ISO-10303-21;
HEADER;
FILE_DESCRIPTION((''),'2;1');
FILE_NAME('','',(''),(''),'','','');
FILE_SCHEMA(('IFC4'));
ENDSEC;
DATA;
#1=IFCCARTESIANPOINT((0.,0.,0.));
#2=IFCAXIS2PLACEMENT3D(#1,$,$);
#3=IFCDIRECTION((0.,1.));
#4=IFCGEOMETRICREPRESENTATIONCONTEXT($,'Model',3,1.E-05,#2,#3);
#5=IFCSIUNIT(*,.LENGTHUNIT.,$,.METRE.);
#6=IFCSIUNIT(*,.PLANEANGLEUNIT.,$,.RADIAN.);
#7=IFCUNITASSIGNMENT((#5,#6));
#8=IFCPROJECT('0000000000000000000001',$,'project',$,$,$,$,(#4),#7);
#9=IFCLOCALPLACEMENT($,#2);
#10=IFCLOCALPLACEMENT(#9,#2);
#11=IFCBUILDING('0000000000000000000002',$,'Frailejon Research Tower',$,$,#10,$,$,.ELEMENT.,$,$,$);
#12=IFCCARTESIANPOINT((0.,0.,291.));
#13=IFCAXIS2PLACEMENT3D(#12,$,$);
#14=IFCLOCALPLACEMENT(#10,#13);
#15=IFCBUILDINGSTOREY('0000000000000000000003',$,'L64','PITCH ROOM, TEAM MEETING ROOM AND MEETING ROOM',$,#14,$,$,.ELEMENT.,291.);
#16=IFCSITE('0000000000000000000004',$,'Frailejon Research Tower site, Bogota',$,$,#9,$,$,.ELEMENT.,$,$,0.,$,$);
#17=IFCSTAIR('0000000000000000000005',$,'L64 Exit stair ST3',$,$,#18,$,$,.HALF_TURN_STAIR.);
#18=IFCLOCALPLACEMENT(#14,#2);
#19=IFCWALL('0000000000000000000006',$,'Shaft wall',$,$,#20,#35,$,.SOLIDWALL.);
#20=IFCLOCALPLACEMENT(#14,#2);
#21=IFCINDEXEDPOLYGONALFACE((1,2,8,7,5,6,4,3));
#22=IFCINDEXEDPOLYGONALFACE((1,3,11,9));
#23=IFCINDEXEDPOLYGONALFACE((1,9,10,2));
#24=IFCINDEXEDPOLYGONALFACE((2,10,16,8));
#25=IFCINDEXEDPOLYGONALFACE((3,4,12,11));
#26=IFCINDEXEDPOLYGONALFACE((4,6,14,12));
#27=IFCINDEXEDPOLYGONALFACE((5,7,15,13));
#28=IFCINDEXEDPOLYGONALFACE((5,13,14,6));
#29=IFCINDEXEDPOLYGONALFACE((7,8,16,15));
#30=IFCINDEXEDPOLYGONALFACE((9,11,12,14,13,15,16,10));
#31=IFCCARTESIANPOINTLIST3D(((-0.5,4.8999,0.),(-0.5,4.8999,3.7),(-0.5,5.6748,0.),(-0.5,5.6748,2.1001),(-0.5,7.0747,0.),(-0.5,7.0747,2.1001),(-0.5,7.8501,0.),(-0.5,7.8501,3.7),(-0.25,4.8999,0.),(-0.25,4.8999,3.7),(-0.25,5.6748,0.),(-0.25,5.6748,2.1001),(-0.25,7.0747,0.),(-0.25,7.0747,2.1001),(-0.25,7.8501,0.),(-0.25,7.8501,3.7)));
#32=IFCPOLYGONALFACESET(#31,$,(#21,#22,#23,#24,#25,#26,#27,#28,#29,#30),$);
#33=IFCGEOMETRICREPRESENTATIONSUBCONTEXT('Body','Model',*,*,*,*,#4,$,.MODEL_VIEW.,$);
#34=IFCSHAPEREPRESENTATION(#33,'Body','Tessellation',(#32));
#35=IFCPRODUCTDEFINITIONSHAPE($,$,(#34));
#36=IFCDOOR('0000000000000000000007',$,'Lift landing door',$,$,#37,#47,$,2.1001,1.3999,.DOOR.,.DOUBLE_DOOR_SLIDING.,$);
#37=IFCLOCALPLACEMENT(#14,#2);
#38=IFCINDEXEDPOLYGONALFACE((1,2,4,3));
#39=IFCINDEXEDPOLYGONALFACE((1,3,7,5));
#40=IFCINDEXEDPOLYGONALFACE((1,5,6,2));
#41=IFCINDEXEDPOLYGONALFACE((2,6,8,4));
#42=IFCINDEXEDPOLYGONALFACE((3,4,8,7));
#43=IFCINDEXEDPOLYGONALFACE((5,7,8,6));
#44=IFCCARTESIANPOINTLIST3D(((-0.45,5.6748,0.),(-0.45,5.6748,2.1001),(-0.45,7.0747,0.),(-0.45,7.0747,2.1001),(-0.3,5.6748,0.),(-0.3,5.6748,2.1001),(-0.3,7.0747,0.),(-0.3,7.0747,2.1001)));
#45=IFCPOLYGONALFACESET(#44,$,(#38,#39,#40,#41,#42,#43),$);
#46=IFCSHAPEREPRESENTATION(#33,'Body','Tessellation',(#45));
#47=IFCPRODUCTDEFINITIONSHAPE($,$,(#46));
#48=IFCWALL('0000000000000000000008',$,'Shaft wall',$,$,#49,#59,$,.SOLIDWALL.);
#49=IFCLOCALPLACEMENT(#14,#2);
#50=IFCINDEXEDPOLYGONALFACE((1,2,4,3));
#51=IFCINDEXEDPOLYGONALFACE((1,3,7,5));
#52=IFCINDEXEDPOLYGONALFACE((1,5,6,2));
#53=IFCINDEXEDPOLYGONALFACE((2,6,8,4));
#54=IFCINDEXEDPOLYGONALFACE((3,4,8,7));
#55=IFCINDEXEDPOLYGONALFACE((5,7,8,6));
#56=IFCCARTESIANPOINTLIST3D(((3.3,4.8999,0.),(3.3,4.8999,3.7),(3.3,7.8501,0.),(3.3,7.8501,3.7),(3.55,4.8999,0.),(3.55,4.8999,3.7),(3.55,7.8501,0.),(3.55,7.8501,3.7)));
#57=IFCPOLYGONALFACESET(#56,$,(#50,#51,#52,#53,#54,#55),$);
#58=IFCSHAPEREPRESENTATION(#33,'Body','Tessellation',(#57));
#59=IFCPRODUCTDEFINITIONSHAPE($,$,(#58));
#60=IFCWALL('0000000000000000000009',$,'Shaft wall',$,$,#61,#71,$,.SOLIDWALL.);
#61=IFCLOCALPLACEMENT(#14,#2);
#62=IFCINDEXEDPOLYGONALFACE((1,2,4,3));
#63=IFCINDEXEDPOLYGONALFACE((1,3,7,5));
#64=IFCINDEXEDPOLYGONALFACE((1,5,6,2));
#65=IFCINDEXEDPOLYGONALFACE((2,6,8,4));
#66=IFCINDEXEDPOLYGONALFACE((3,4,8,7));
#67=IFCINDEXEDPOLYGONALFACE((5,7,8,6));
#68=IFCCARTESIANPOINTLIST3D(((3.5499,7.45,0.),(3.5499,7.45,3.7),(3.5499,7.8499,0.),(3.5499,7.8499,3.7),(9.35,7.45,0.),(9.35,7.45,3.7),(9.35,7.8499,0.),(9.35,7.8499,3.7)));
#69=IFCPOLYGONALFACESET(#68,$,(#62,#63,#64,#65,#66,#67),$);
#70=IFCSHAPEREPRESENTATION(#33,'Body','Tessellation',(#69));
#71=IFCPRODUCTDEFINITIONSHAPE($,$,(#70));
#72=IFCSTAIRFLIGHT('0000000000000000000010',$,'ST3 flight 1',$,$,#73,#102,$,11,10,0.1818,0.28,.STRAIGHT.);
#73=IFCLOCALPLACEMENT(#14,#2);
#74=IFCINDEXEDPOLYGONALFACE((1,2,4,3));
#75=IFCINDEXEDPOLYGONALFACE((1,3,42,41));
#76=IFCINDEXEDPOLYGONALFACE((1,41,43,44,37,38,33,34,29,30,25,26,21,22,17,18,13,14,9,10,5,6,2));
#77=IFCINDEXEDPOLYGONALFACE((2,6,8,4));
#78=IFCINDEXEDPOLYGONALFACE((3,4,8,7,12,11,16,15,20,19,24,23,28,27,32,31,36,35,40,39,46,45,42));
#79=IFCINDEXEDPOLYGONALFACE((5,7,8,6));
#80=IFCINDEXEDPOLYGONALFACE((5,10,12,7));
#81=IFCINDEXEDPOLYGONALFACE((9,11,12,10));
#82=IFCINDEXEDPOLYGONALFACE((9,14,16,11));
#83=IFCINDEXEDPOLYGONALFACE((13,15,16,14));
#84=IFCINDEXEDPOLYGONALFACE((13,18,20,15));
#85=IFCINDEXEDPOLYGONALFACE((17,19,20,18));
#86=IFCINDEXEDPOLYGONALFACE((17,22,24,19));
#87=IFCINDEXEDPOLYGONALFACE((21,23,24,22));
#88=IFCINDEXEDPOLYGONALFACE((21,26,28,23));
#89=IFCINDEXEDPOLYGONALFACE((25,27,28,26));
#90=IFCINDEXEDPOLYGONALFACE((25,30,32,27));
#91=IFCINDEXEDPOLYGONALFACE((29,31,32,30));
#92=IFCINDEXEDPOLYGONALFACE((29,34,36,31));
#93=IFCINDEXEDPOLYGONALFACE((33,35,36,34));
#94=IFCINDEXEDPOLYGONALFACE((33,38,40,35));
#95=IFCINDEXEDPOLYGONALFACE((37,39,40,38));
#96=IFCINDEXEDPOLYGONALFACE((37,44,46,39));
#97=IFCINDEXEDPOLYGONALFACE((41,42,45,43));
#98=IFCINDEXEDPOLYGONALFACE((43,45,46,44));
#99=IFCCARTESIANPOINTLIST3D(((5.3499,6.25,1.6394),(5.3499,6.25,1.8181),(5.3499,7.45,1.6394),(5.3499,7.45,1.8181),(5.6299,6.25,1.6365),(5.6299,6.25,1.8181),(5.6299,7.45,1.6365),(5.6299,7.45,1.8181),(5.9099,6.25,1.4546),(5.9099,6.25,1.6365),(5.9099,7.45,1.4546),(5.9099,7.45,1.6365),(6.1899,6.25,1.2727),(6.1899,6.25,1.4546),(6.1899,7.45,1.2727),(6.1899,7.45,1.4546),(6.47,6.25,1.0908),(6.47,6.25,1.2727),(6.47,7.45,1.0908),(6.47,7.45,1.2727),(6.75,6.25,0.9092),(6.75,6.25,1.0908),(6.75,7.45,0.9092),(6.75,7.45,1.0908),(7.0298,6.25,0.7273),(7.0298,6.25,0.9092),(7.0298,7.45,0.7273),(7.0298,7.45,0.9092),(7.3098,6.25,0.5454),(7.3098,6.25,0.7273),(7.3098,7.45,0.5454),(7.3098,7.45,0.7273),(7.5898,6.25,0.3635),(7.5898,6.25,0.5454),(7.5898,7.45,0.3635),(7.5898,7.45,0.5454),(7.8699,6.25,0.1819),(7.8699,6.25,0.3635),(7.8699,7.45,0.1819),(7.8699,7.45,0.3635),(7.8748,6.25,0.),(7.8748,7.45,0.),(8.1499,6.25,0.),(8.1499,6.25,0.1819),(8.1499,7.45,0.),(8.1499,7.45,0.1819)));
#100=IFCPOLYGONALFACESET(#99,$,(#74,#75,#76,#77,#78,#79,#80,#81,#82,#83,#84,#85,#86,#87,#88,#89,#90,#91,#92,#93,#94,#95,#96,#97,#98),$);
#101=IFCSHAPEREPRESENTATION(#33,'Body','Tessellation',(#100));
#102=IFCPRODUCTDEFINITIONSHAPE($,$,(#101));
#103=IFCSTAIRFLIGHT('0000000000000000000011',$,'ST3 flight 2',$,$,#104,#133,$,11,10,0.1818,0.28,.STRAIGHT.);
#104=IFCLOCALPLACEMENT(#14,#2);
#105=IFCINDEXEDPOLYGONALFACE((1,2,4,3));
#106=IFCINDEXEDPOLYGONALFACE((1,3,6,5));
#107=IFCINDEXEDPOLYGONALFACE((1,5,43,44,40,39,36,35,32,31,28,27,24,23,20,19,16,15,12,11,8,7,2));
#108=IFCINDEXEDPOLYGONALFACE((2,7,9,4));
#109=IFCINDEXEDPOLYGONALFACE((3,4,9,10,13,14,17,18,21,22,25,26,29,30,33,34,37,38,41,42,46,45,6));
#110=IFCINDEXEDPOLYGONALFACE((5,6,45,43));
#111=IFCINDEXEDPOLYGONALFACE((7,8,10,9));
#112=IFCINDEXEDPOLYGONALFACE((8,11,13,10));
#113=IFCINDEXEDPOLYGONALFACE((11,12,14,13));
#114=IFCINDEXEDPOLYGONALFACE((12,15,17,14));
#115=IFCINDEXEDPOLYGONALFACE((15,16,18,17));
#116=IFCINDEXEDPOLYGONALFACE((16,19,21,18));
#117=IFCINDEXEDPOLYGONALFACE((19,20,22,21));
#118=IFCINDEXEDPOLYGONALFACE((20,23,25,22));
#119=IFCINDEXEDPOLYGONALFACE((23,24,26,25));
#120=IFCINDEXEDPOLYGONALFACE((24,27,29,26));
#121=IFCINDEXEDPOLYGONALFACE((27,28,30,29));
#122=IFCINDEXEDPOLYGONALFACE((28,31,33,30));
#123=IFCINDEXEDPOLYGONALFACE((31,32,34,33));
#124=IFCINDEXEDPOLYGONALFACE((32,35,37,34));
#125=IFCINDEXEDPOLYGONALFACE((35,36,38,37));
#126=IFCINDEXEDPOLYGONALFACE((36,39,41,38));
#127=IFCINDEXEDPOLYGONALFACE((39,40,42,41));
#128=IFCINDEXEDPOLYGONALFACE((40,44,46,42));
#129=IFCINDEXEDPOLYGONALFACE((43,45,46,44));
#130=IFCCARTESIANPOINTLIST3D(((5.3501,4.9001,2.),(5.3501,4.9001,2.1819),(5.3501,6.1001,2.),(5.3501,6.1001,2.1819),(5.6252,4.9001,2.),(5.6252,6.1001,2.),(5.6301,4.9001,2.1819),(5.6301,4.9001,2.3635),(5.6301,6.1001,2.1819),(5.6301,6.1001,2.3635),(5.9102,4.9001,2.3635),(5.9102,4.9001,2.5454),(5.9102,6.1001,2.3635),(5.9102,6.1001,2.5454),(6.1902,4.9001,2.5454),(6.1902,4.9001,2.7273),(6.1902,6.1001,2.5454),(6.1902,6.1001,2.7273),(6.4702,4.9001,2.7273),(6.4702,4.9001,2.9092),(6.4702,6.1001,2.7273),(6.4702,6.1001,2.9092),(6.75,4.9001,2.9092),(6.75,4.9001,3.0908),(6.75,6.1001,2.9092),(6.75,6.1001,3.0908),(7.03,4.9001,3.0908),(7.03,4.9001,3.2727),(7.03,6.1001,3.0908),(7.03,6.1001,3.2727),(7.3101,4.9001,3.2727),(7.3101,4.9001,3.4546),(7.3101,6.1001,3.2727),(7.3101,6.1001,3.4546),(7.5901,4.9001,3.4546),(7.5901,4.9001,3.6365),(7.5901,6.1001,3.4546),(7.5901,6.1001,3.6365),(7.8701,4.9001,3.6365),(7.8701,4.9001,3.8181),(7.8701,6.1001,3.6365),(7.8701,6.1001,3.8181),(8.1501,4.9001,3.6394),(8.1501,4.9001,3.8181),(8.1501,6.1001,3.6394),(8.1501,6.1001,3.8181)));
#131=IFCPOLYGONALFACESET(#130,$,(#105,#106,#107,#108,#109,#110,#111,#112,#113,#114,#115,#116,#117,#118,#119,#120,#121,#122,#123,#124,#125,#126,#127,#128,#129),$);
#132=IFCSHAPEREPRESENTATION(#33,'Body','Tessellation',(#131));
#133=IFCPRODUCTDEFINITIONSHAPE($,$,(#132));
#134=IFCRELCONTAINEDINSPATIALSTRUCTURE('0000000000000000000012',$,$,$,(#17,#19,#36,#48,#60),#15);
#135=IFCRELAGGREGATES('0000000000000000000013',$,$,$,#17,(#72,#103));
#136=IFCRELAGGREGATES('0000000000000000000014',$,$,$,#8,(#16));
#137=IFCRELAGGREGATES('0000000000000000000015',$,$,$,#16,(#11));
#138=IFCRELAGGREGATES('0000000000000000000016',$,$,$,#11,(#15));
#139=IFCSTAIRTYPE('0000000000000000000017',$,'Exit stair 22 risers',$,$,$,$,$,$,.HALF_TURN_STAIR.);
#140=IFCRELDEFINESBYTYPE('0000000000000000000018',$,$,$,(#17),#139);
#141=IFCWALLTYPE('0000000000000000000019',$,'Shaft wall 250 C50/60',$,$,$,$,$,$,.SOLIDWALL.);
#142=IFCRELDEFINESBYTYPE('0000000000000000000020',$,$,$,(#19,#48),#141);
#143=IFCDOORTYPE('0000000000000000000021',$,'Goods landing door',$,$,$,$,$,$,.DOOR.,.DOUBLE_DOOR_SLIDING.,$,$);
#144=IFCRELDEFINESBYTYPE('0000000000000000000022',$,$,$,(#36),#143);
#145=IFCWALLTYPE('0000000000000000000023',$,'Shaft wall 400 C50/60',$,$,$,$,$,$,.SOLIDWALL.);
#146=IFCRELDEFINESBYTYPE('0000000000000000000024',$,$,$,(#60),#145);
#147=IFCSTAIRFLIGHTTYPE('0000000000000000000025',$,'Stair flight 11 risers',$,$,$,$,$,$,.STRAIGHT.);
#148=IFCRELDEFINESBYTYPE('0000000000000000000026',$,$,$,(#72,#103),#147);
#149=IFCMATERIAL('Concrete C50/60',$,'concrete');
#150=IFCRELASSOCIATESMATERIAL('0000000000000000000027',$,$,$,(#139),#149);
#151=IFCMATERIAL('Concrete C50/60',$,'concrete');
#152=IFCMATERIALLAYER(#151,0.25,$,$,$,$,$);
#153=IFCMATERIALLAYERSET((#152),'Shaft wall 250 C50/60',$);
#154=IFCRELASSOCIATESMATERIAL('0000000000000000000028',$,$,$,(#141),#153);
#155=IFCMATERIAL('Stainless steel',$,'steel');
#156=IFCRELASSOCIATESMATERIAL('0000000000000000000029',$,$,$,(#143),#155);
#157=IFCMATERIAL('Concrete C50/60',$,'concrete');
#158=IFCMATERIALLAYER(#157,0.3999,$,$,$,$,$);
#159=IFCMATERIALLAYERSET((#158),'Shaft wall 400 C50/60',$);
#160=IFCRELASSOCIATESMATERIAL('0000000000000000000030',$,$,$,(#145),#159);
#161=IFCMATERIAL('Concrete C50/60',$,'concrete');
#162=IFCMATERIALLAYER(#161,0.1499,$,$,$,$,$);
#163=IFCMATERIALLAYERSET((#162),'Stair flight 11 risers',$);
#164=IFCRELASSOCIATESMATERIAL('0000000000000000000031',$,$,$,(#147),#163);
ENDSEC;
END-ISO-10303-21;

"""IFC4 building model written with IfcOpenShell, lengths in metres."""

from ifc_helpers import new_model, si_unit, direction, frame, frame_2d, origin, place, context, subcontext, project, spatial, polyline, rectangle, outline, extrude, material, layer, layer_set, type_object, element, fill, aggregate, save


model = new_model("IFC4")

# Units and contexts
model_context = context("Model", 3, precision=1e-05, world=origin(), true_north=direction((0.0, 1.0)))
body_context = subcontext(model_context, "Body", "Model", "MODEL_VIEW")
ifc_project = project(units=[si_unit("LENGTHUNIT", "METRE"), si_unit("PLANEANGLEUNIT", "RADIAN")], contexts=[model_context])

# Site, building, storey
site_placement = place(None, origin())
site = spatial("IfcSite", under=ifc_project, at=site_placement, Name="Frailejon Research Tower site, Bogota", CompositionType="ELEMENT", RefElevation=0.0)
building_placement = place(site_placement, origin())
building = spatial("IfcBuilding", under=site, at=building_placement, Name="Frailejon Research Tower", CompositionType="ELEMENT")
storey_placement = place(building_placement, frame((0.0, 0.0, 291.0)))
storey = spatial("IfcBuildingStorey", under=building, at=storey_placement, Name="L64", Description="PITCH ROOM, TEAM MEETING ROOM AND MEETING ROOM", CompositionType="ELEMENT", Elevation=291.0)

# Stair
ifc_material_1 = material(Name="Concrete C50/60", Category="concrete")
stair_type = type_object("IfcStairType", Name="Exit stair 22 risers", PredefinedType="HALF_TURN_STAIR", material=ifc_material_1)
stair_placement = place(storey_placement, origin())
stair = element("IfcStair", 1, at=stair_placement, inside=storey, type_object=stair_type, Name="L64 Exit stair ST3", PredefinedType="HALF_TURN_STAIR")

# Wall, opening, door
ifc_material_2 = material(Name="Concrete C50/60", Category="concrete")
ifc_layer_1 = layer(ifc_material_2, 0.25)
ifc_layer_set_1 = layer_set([ifc_layer_1], Name="Shaft wall 250 C50/60")
wall_type_1 = type_object("IfcWallType", Name="Shaft wall 250 C50/60", PredefinedType="SOLIDWALL", material=ifc_layer_set_1)
wall_1_placement = place(storey_placement, frame((-0.375, 4.8999, 0.0), z_axis=(0.0, 0.0, 1.0), x_axis=(0.0, 1.0, 0.0)))
wall_1 = element("IfcWall", 2, at=wall_1_placement, inside=storey, type_object=wall_type_1, Name="Shaft wall", PredefinedType="SOLIDWALL", context=body_context, shape_type="SweptSolid", body=[
    extrude(rectangle(XDim=2.9502, YDim=0.25, at=frame_2d((1.4751, 0.0))), origin(), (0.0, 0.0, 1.0), 3.7),
])
opening_1_placement = place(wall_1_placement, frame((0.7749, 0.0, 0.0)))
opening_1 = element("IfcOpeningElement", 3, at=opening_1_placement, cuts=wall_1, PredefinedType="OPENING", context=body_context, shape_type="SweptSolid", body=[
    extrude(rectangle(XDim=1.3999, YDim=2.1001, at=frame_2d((0.7, 1.05))), frame((0.0, 0.135, 0.0), z_axis=(0.0, -1.0, 0.0), x_axis=(1.0, 0.0, 0.0)), (0.0, 0.0, 1.0), 0.27),
])
ifc_material_3 = material(Name="Stainless steel", Category="steel")
door_type_1 = type_object("IfcDoorType", Name="Goods landing door", OperationType="DOUBLE_DOOR_SLIDING", PredefinedType="DOOR", material=ifc_material_3)
door_1_placement = place(opening_1_placement, origin())
door_1 = element("IfcDoor", 4, at=door_1_placement, inside=storey, type_object=door_type_1, Name="Lift landing door", OperationType="DOUBLE_DOOR_SLIDING", OverallHeight=2.1001, OverallWidth=1.3999, PredefinedType="DOOR", context=body_context, shape_type="SweptSolid", body=[
    extrude(rectangle(XDim=1.3999, YDim=2.1001, at=frame_2d((0.7, 1.05))), frame((0.0, 0.075, 0.0), z_axis=(0.0, -1.0, 0.0), x_axis=(1.0, 0.0, 0.0)), (0.0, 0.0, 1.0), 0.1499),
])
fill(opening_1, door_1)

# Walls
wall_2_placement = place(storey_placement, frame((3.425, 4.8999, 0.0), z_axis=(0.0, 0.0, 1.0), x_axis=(0.0, 1.0, 0.0)))
element("IfcWall", 5, at=wall_2_placement, inside=storey, type_object=wall_type_1, Name="Shaft wall", PredefinedType="SOLIDWALL", context=body_context, shape_type="SweptSolid", body=[
    extrude(rectangle(XDim=2.9502, YDim=0.25, at=frame_2d((1.4751, 0.0))), origin(), (0.0, 0.0, 1.0), 3.7),
])
ifc_material_4 = material(Name="Concrete C50/60", Category="concrete")
ifc_layer_2 = layer(ifc_material_4, 0.3999)
ifc_layer_set_2 = layer_set([ifc_layer_2], Name="Shaft wall 400 C50/60")
wall_type_2 = type_object("IfcWallType", Name="Shaft wall 400 C50/60", PredefinedType="SOLIDWALL", material=ifc_layer_set_2)
wall_3_placement = place(storey_placement, frame((3.55, 7.6499, 0.0), z_axis=(0.0, 0.0, 1.0), x_axis=(1.0, 0.0, 0.0)))
element("IfcWall", 6, at=wall_3_placement, inside=storey, type_object=wall_type_2, Name="Shaft wall", PredefinedType="SOLIDWALL", context=body_context, shape_type="SweptSolid", body=[
    extrude(rectangle(XDim=5.8, YDim=0.3999, at=frame_2d((2.8999, 0.0))), origin(), (0.0, 0.0, 1.0), 3.7),
])

# Stair flights
ifc_material_5 = material(Name="Concrete C50/60", Category="concrete")
ifc_layer_3 = layer(ifc_material_5, 0.1499)
ifc_layer_set_3 = layer_set([ifc_layer_3], Name="Stair flight 11 risers")
stair_flight_type = type_object("IfcStairFlightType", Name="Stair flight 11 risers", PredefinedType="STRAIGHT", material=ifc_layer_set_3)
stair_flight_1_placement = place(storey_placement, frame((8.1499, 6.8501, 0.0), z_axis=(0.0, 0.0, 1.0), x_axis=(-1.0, 0.0, 0.0)))
stair_flight_1 = element("IfcStairFlight", 7, at=stair_flight_1_placement, type_object=stair_flight_type, Name="ST3 flight 1", NumberOfRisers=11, NumberOfTreads=10, PredefinedType="STRAIGHT", RiserHeight=0.1818, TreadLength=0.28, context=body_context, shape_type="SweptSolid", body=[
    extrude(outline(polyline([(0.0, 0.0), (0.0, 0.1819), (0.28, 0.1819), (0.28, 0.3635), (0.5601, 0.3635), (0.5601, 0.5454), (0.8401, 0.5454), (0.8401, 0.7273), (1.1201, 0.7273), (1.1201, 0.9092), (1.3999, 0.9092), (1.3999, 1.0908), (1.6799, 1.0908), (1.6799, 1.2727), (1.96, 1.2727), (1.96, 1.4546), (2.24, 1.4546), (2.24, 1.6365), (2.52, 1.6365), (2.52, 1.8181), (2.8, 1.8181), (2.8, 2.0), (2.8, 1.6394), (0.2751, 0.0), (0.0, 0.0)])), frame((0.0, 0.6001, 0.0), z_axis=(0.0, -1.0, 0.0), x_axis=(1.0, 0.0, 0.0)), (0.0, 0.0, 1.0), 1.2),
])
stair_flight_2_placement = place(storey_placement, frame((5.3501, 5.5, 2.0), z_axis=(0.0, 0.0, 1.0), x_axis=(1.0, 0.0, 0.0)))
stair_flight_2 = element("IfcStairFlight", 8, at=stair_flight_2_placement, type_object=stair_flight_type, Name="ST3 flight 2", NumberOfRisers=11, NumberOfTreads=10, PredefinedType="STRAIGHT", RiserHeight=0.1818, TreadLength=0.28, context=body_context, shape_type="SweptSolid", body=[
    extrude(outline(polyline([(0.0, 0.0), (0.0, 0.1819), (0.28, 0.1819), (0.28, 0.3635), (0.5601, 0.3635), (0.5601, 0.5454), (0.8401, 0.5454), (0.8401, 0.7273), (1.1201, 0.7273), (1.1201, 0.9092), (1.3999, 0.9092), (1.3999, 1.0908), (1.6799, 1.0908), (1.6799, 1.2727), (1.96, 1.2727), (1.96, 1.4546), (2.24, 1.4546), (2.24, 1.6365), (2.52, 1.6365), (2.52, 1.8181), (2.8, 1.8181), (2.8, 2.0), (2.8, 1.6394), (0.2751, 0.0), (0.0, 0.0)])), frame((0.0, 0.6001, 0.0), z_axis=(0.0, -1.0, 0.0), x_axis=(1.0, 0.0, 0.0)), (0.0, 0.0, 1.0), 1.2),
])
aggregate(stair, [stair_flight_1, stair_flight_2])

save(model, "model.ifc")
